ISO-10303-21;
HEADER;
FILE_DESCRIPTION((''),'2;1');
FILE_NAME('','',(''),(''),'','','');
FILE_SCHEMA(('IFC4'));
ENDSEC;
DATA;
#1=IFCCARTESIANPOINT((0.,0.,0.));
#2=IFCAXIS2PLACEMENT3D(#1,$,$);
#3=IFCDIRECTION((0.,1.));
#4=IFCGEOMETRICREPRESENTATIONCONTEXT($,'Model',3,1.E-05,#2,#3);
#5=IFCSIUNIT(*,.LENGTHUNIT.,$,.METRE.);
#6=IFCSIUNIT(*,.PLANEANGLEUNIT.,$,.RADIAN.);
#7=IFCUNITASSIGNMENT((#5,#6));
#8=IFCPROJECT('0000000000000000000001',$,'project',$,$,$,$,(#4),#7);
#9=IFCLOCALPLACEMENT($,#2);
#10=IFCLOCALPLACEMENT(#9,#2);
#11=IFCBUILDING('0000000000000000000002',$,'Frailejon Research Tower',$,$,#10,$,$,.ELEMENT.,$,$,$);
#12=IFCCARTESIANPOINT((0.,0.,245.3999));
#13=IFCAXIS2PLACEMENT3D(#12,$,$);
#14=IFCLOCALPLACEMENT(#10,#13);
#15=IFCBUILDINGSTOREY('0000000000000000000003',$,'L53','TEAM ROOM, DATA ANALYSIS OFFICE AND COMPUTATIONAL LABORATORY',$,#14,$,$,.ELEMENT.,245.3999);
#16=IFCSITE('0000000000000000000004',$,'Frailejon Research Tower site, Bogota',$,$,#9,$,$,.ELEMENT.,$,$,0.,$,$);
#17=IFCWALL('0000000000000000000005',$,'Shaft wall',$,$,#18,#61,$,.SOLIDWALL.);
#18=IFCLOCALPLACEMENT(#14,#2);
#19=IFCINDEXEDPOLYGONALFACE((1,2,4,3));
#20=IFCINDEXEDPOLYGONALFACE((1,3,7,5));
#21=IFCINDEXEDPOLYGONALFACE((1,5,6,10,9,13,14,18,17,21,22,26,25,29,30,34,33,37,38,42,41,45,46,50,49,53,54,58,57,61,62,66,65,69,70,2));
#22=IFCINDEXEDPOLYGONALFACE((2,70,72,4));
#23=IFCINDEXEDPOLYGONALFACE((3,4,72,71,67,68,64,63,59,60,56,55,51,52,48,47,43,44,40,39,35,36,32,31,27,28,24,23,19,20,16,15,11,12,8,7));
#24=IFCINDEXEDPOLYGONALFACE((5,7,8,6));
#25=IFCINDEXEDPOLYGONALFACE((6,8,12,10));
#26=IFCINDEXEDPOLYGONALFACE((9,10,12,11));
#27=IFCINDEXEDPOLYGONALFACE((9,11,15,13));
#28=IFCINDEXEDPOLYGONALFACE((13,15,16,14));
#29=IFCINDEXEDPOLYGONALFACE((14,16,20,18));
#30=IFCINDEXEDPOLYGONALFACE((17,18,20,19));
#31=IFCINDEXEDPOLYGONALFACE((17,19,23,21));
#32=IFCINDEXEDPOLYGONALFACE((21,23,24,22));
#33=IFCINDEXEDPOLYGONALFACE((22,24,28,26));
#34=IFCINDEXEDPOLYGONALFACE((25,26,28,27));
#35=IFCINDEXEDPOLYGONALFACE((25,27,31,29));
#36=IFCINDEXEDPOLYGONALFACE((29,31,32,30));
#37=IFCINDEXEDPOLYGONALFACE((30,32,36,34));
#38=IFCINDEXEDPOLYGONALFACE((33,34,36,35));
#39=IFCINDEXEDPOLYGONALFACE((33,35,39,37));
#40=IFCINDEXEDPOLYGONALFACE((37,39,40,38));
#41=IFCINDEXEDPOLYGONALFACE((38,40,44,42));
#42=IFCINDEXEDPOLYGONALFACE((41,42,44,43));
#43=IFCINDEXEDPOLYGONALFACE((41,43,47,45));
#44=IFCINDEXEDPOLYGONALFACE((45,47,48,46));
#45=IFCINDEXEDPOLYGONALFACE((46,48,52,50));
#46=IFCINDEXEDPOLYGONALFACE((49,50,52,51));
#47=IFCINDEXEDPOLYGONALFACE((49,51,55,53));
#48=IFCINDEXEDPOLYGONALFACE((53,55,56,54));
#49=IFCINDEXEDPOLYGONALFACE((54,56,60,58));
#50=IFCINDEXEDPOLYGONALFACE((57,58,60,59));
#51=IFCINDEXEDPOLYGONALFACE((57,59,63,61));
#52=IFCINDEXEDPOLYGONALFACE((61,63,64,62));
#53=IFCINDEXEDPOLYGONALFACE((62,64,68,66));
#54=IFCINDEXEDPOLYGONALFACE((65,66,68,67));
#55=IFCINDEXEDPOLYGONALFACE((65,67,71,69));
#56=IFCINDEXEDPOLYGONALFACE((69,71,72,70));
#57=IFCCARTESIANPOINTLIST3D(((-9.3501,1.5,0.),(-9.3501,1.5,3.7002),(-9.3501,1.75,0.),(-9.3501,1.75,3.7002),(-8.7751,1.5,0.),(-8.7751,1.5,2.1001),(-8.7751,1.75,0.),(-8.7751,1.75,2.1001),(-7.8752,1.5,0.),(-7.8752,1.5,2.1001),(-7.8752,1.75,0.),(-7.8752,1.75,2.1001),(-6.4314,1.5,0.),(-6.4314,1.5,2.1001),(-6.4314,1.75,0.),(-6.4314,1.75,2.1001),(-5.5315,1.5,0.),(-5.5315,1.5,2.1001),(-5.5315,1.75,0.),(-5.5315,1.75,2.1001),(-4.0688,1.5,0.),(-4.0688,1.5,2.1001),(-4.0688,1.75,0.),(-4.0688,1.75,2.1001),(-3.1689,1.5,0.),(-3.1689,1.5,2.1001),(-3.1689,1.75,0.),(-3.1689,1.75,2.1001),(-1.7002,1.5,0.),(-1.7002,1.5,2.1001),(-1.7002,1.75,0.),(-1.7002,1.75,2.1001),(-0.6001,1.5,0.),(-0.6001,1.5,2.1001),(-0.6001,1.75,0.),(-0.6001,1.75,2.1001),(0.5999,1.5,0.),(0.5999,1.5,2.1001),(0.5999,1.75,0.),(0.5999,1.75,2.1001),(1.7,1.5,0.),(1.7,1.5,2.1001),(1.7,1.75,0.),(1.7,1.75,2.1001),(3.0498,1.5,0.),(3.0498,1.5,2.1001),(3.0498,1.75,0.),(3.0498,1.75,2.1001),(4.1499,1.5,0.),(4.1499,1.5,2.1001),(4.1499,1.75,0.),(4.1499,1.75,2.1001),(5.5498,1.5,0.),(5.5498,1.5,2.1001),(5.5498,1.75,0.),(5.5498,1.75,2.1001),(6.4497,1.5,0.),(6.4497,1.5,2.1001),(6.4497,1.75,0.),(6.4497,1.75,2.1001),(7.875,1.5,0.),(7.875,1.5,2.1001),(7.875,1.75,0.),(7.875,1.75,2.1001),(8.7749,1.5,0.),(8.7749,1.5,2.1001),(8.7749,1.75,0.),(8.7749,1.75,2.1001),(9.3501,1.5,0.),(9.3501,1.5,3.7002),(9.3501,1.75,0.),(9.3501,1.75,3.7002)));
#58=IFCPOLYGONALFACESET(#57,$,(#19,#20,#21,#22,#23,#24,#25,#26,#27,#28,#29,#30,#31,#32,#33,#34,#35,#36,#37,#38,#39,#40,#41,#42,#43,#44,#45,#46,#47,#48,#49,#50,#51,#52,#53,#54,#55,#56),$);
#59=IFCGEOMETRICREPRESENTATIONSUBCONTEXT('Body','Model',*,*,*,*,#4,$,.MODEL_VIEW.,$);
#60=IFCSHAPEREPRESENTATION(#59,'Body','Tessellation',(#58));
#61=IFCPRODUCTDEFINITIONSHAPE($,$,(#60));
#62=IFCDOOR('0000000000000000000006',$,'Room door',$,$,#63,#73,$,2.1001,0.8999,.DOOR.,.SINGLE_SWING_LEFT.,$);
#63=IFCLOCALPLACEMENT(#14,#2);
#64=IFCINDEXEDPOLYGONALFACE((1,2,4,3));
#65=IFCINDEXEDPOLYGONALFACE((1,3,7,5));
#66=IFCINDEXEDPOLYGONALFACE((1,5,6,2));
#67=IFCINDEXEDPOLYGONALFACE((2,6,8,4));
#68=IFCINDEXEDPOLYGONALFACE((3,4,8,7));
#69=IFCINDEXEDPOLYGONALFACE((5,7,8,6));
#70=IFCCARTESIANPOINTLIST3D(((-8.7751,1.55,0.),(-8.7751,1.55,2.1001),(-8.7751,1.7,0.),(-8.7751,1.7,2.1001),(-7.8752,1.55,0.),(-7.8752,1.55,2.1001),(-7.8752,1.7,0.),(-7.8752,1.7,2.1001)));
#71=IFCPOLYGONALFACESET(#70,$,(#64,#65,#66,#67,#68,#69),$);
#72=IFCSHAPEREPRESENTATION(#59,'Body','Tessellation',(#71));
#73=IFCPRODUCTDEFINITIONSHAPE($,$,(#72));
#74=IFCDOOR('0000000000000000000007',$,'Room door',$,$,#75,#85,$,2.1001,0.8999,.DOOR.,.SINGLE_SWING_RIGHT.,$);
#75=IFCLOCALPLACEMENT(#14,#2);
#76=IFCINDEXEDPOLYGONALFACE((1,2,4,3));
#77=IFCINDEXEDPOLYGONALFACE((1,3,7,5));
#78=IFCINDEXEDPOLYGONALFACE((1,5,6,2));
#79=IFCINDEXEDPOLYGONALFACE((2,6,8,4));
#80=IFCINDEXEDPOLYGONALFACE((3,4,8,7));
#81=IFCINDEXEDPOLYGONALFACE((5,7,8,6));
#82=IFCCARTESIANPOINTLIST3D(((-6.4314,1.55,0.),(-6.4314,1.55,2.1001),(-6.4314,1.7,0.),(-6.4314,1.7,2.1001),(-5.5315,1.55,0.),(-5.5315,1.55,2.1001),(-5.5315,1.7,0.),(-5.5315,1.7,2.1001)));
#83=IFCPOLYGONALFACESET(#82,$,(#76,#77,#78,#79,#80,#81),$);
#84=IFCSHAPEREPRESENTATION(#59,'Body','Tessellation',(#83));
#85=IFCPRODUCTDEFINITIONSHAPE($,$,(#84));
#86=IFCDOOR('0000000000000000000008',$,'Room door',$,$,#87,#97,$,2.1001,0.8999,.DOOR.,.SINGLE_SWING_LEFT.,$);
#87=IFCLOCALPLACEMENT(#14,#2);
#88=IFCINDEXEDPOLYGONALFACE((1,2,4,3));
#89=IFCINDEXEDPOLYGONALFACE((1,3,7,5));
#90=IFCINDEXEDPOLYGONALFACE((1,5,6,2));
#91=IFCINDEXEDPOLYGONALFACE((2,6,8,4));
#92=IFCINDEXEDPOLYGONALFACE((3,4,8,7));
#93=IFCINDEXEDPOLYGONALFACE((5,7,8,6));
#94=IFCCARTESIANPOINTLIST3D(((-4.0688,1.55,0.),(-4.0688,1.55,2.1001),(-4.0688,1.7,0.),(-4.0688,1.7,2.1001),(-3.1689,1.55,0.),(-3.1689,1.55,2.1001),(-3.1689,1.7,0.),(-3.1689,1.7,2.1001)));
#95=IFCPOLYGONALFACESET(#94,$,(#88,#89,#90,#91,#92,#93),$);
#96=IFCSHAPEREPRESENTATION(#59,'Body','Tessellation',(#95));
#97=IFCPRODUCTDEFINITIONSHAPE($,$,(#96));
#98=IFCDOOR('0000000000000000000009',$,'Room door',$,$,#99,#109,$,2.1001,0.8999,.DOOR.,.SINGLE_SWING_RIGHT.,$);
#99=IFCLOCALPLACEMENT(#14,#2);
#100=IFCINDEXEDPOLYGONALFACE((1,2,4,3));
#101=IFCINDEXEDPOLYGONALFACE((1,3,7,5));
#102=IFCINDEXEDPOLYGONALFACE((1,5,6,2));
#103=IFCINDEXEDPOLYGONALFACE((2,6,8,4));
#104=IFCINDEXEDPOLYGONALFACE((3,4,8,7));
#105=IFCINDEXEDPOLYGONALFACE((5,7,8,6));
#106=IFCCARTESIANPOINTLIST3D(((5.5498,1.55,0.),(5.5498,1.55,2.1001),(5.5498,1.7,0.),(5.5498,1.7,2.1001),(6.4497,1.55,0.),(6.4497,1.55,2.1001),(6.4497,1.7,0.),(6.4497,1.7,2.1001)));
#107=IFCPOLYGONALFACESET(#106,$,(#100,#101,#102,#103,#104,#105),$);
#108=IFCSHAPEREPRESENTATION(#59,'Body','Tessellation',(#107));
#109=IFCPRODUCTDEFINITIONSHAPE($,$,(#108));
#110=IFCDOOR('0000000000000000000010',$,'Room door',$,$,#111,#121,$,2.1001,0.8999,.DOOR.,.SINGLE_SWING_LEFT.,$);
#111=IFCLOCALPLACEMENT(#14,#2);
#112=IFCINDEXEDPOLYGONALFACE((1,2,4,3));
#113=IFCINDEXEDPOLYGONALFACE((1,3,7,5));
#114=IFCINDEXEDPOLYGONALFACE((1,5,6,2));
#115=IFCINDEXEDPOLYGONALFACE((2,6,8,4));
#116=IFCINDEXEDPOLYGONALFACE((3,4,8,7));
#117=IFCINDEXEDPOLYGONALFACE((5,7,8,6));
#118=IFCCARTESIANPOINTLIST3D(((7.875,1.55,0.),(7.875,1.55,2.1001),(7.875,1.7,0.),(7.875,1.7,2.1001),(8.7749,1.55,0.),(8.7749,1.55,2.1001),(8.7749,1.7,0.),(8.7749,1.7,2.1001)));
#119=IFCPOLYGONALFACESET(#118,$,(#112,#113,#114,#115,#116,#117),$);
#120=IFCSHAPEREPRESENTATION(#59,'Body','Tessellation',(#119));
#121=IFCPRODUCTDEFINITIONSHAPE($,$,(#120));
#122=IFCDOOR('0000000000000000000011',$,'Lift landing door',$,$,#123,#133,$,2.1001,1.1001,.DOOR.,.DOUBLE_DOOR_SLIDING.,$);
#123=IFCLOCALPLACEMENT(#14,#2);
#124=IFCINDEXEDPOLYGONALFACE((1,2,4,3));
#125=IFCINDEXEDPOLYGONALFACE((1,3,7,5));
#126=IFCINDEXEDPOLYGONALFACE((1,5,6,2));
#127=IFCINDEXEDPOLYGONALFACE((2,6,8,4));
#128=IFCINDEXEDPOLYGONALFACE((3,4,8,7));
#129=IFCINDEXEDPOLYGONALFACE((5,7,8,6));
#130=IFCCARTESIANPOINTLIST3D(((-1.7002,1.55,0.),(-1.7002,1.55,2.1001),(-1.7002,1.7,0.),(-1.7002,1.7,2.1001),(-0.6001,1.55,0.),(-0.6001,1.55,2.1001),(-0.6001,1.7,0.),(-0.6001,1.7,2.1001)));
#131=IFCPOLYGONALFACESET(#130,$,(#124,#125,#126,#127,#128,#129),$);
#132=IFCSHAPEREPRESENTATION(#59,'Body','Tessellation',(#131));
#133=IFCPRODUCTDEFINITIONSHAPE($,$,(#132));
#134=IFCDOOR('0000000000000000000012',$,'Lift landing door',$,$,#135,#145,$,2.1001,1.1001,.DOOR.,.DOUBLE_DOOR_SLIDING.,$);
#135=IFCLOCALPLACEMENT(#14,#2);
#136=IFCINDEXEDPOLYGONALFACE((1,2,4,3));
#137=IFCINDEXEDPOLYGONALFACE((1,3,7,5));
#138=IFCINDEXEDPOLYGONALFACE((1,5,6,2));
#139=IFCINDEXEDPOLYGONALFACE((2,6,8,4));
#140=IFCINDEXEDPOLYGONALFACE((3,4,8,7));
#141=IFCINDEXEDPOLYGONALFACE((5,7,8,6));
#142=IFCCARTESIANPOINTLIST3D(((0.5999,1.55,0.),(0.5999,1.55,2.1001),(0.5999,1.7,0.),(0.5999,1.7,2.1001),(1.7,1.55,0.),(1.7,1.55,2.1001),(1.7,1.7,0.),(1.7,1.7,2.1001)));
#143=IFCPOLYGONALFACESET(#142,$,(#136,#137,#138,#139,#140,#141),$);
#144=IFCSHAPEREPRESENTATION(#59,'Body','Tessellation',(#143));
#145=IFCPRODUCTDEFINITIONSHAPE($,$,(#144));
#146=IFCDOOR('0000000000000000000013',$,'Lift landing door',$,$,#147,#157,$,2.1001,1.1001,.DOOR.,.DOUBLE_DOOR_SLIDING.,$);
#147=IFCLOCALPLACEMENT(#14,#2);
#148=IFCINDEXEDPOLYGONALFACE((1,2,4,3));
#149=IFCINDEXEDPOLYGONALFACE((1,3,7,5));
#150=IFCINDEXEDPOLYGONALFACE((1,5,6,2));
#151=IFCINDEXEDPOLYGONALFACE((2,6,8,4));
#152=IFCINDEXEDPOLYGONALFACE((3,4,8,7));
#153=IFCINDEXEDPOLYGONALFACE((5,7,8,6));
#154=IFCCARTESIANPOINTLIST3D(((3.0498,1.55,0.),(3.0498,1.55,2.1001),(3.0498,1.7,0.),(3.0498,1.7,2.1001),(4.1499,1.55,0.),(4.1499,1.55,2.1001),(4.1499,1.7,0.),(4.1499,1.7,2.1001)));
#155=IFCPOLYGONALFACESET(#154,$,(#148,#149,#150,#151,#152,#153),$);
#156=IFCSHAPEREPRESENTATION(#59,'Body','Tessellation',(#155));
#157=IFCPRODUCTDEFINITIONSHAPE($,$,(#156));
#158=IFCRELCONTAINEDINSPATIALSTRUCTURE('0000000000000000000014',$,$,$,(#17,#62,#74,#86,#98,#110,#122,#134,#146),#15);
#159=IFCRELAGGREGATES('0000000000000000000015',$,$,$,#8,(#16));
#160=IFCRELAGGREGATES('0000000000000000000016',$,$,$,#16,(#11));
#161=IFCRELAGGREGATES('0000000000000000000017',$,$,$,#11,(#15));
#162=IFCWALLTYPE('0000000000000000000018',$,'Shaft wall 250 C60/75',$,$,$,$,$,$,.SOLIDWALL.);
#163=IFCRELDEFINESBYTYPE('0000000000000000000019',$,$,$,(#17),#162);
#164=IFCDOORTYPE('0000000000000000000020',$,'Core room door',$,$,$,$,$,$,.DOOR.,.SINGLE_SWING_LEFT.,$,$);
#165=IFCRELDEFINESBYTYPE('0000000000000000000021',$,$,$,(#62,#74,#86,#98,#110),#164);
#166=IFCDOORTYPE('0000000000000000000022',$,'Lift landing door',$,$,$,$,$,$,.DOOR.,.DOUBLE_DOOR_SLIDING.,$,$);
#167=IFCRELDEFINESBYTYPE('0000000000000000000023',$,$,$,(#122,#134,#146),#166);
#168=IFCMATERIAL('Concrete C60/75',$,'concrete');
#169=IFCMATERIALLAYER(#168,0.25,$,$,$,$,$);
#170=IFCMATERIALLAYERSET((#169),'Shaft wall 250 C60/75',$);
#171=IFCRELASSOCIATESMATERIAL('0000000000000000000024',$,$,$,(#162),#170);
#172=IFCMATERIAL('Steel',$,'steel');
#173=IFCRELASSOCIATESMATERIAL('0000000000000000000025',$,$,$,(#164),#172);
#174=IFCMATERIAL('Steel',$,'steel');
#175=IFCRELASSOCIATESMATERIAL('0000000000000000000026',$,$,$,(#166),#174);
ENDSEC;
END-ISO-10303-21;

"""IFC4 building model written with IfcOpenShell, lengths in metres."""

from ifc_helpers import new_model, si_unit, direction, frame, frame_2d, origin, place, context, subcontext, project, spatial, rectangle, extrude, material, layer, layer_set, type_object, element, fill, save


model = new_model("IFC4")

# Units and contexts
model_context = context("Model", 3, precision=1e-05, world=origin(), true_north=direction((0.0, 1.0)))
body_context = subcontext(model_context, "Body", "Model", "MODEL_VIEW")
ifc_project = project(units=[si_unit("LENGTHUNIT", "METRE"), si_unit("PLANEANGLEUNIT", "RADIAN")], contexts=[model_context])

# Site, building, storey
site_placement = place(None, origin())
site = spatial("IfcSite", under=ifc_project, at=site_placement, Name="Frailejon Research Tower site, Bogota", CompositionType="ELEMENT", RefElevation=0.0)
building_placement = place(site_placement, origin())
building = spatial("IfcBuilding", under=site, at=building_placement, Name="Frailejon Research Tower", CompositionType="ELEMENT")
storey_placement = place(building_placement, frame((0.0, 0.0, 245.3999)))
storey = spatial("IfcBuildingStorey", under=building, at=storey_placement, Name="L53", Description="TEAM ROOM, DATA ANALYSIS OFFICE AND COMPUTATIONAL LABORATORY", CompositionType="ELEMENT", Elevation=245.3999)

# Shared definitions
ifc_material_1 = material(Name="Concrete C60/75", Category="concrete")
ifc_layer_1 = layer(ifc_material_1, 0.25)
ifc_layer_set_1 = layer_set([ifc_layer_1], Name="Shaft wall 250 C60/75")
wall_type_1 = type_object("IfcWallType", Name="Shaft wall 250 C60/75", PredefinedType="SOLIDWALL", material=ifc_layer_set_1)
ifc_material_2 = material(Name="Steel", Category="steel")
door_type_1 = type_object("IfcDoorType", Name="Core room door", OperationType="SINGLE_SWING_LEFT", PredefinedType="DOOR", material=ifc_material_2)

# Wall, openings, doors
wall_1_placement = place(storey_placement, frame((-9.3501, 1.625, 0.0), z_axis=(0.0, 0.0, 1.0), x_axis=(1.0, 0.0, 0.0)))
wall_1 = element("IfcWall", 1, at=wall_1_placement, inside=storey, type_object=wall_type_1, Name="Shaft wall", PredefinedType="SOLIDWALL", context=body_context, shape_type="SweptSolid", body=[
    extrude(rectangle(XDim=18.7002, YDim=0.25, at=frame_2d((9.3501, 0.0))), origin(), (0.0, 0.0, 1.0), 3.7002),
])
opening_1_placement = place(wall_1_placement, frame((7.6499, 0.0, 0.0)))
opening_1 = element("IfcOpeningElement", 2, at=opening_1_placement, cuts=wall_1, PredefinedType="OPENING", context=body_context, shape_type="SweptSolid", body=[
    extrude(rectangle(XDim=1.1001, YDim=2.1001, at=frame_2d((0.55, 1.05))), frame((0.0, 0.135, 0.0), z_axis=(0.0, -1.0, 0.0), x_axis=(1.0, 0.0, 0.0)), (0.0, 0.0, 1.0), 0.27),
])
opening_2_placement = place(wall_1_placement, frame((9.95, 0.0, 0.0)))
opening_2 = element("IfcOpeningElement", 3, at=opening_2_placement, cuts=wall_1, PredefinedType="OPENING", context=body_context, shape_type="SweptSolid", body=[
    extrude(rectangle(XDim=1.1001, YDim=2.1001, at=frame_2d((0.55, 1.05))), frame((0.0, 0.135, 0.0), z_axis=(0.0, -1.0, 0.0), x_axis=(1.0, 0.0, 0.0)), (0.0, 0.0, 1.0), 0.27),
])
opening_3_placement = place(wall_1_placement, frame((12.3999, 0.0, 0.0)))
opening_3 = element("IfcOpeningElement", 4, at=opening_3_placement, cuts=wall_1, PredefinedType="OPENING", context=body_context, shape_type="SweptSolid", body=[
    extrude(rectangle(XDim=1.1001, YDim=2.1001, at=frame_2d((0.55, 1.05))), frame((0.0, 0.135, 0.0), z_axis=(0.0, -1.0, 0.0), x_axis=(1.0, 0.0, 0.0)), (0.0, 0.0, 1.0), 0.27),
])
opening_4_placement = place(wall_1_placement, frame((0.575, 0.0, 0.0)))
opening_4 = element("IfcOpeningElement", 5, at=opening_4_placement, cuts=wall_1, PredefinedType="OPENING", context=body_context, shape_type="SweptSolid", body=[
    extrude(rectangle(XDim=0.8999, YDim=2.1001, at=frame_2d((0.45, 1.05))), frame((0.0, 0.135, 0.0), z_axis=(0.0, -1.0, 0.0), x_axis=(1.0, 0.0, 0.0)), (0.0, 0.0, 1.0), 0.27),
])
opening_5_placement = place(wall_1_placement, frame((2.9187, 0.0, 0.0)))
opening_5 = element("IfcOpeningElement", 6, at=opening_5_placement, cuts=wall_1, PredefinedType="OPENING", context=body_context, shape_type="SweptSolid", body=[
    extrude(rectangle(XDim=0.8999, YDim=2.1001, at=frame_2d((0.45, 1.05))), frame((0.0, 0.135, 0.0), z_axis=(0.0, -1.0, 0.0), x_axis=(1.0, 0.0, 0.0)), (0.0, 0.0, 1.0), 0.27),
])
opening_6_placement = place(wall_1_placement, frame((5.2812, 0.0, 0.0)))
opening_6 = element("IfcOpeningElement", 7, at=opening_6_placement, cuts=wall_1, PredefinedType="OPENING", context=body_context, shape_type="SweptSolid", body=[
    extrude(rectangle(XDim=0.8999, YDim=2.1001, at=frame_2d((0.45, 1.05))), frame((0.0, 0.135, 0.0), z_axis=(0.0, -1.0, 0.0), x_axis=(1.0, 0.0, 0.0)), (0.0, 0.0, 1.0), 0.27),
])
opening_7_placement = place(wall_1_placement, frame((14.8999, 0.0, 0.0)))
opening_7 = element("IfcOpeningElement", 8, at=opening_7_placement, cuts=wall_1, PredefinedType="OPENING", context=body_context, shape_type="SweptSolid", body=[
    extrude(rectangle(XDim=0.8999, YDim=2.1001, at=frame_2d((0.45, 1.05))), frame((0.0, 0.135, 0.0), z_axis=(0.0, -1.0, 0.0), x_axis=(1.0, 0.0, 0.0)), (0.0, 0.0, 1.0), 0.27),
])
opening_8_placement = place(wall_1_placement, frame((17.2251, 0.0, 0.0)))
opening_8 = element("IfcOpeningElement", 9, at=opening_8_placement, cuts=wall_1, PredefinedType="OPENING", context=body_context, shape_type="SweptSolid", body=[
    extrude(rectangle(XDim=0.8999, YDim=2.1001, at=frame_2d((0.45, 1.05))), frame((0.0, 0.135, 0.0), z_axis=(0.0, -1.0, 0.0), x_axis=(1.0, 0.0, 0.0)), (0.0, 0.0, 1.0), 0.27),
])
door_1_placement = place(opening_4_placement, origin())
door_1 = element("IfcDoor", 10, at=door_1_placement, inside=storey, type_object=door_type_1, Name="Room door", OperationType="SINGLE_SWING_LEFT", OverallHeight=2.1001, OverallWidth=0.8999, PredefinedType="DOOR", context=body_context, shape_type="SweptSolid", body=[
    extrude(rectangle(XDim=0.8999, YDim=2.1001, at=frame_2d((0.45, 1.05))), frame((0.0, 0.075, 0.0), z_axis=(0.0, -1.0, 0.0), x_axis=(1.0, 0.0, 0.0)), (0.0, 0.0, 1.0), 0.1499),
])
fill(opening_4, door_1)
door_2_placement = place(opening_5_placement, origin())
door_2 = element("IfcDoor", 11, at=door_2_placement, inside=storey, type_object=door_type_1, Name="Room door", OperationType="SINGLE_SWING_RIGHT", OverallHeight=2.1001, OverallWidth=0.8999, PredefinedType="DOOR", context=body_context, shape_type="SweptSolid", body=[
    extrude(rectangle(XDim=0.8999, YDim=2.1001, at=frame_2d((0.45, 1.05))), frame((0.0, 0.075, 0.0), z_axis=(0.0, -1.0, 0.0), x_axis=(1.0, 0.0, 0.0)), (0.0, 0.0, 1.0), 0.1499),
])
fill(opening_5, door_2)
door_3_placement = place(opening_6_placement, origin())
door_3 = element("IfcDoor", 12, at=door_3_placement, inside=storey, type_object=door_type_1, Name="Room door", OperationType="SINGLE_SWING_LEFT", OverallHeight=2.1001, OverallWidth=0.8999, PredefinedType="DOOR", context=body_context, shape_type="SweptSolid", body=[
    extrude(rectangle(XDim=0.8999, YDim=2.1001, at=frame_2d((0.45, 1.05))), frame((0.0, 0.075, 0.0), z_axis=(0.0, -1.0, 0.0), x_axis=(1.0, 0.0, 0.0)), (0.0, 0.0, 1.0), 0.1499),
])
fill(opening_6, door_3)
door_4_placement = place(opening_7_placement, origin())
door_4 = element("IfcDoor", 13, at=door_4_placement, inside=storey, type_object=door_type_1, Name="Room door", OperationType="SINGLE_SWING_RIGHT", OverallHeight=2.1001, OverallWidth=0.8999, PredefinedType="DOOR", context=body_context, shape_type="SweptSolid", body=[
    extrude(rectangle(XDim=0.8999, YDim=2.1001, at=frame_2d((0.45, 1.05))), frame((0.0, 0.075, 0.0), z_axis=(0.0, -1.0, 0.0), x_axis=(1.0, 0.0, 0.0)), (0.0, 0.0, 1.0), 0.1499),
])
fill(opening_7, door_4)
door_5_placement = place(opening_8_placement, origin())
door_5 = element("IfcDoor", 14, at=door_5_placement, inside=storey, type_object=door_type_1, Name="Room door", OperationType="SINGLE_SWING_LEFT", OverallHeight=2.1001, OverallWidth=0.8999, PredefinedType="DOOR", context=body_context, shape_type="SweptSolid", body=[
    extrude(rectangle(XDim=0.8999, YDim=2.1001, at=frame_2d((0.45, 1.05))), frame((0.0, 0.075, 0.0), z_axis=(0.0, -1.0, 0.0), x_axis=(1.0, 0.0, 0.0)), (0.0, 0.0, 1.0), 0.1499),
])
fill(opening_8, door_5)
ifc_material_3 = material(Name="Steel", Category="steel")
door_type_2 = type_object("IfcDoorType", Name="Lift landing door", OperationType="DOUBLE_DOOR_SLIDING", PredefinedType="DOOR", material=ifc_material_3)
door_6_placement = place(opening_1_placement, origin())
door_6 = element("IfcDoor", 15, at=door_6_placement, inside=storey, type_object=door_type_2, Name="Lift landing door", OperationType="DOUBLE_DOOR_SLIDING", OverallHeight=2.1001, OverallWidth=1.1001, PredefinedType="DOOR", context=body_context, shape_type="SweptSolid", body=[
    extrude(rectangle(XDim=1.1001, YDim=2.1001, at=frame_2d((0.55, 1.05))), frame((0.0, 0.075, 0.0), z_axis=(0.0, -1.0, 0.0), x_axis=(1.0, 0.0, 0.0)), (0.0, 0.0, 1.0), 0.1499),
])
fill(opening_1, door_6)
door_7_placement = place(opening_2_placement, origin())
door_7 = element("IfcDoor", 16, at=door_7_placement, inside=storey, type_object=door_type_2, Name="Lift landing door", OperationType="DOUBLE_DOOR_SLIDING", OverallHeight=2.1001, OverallWidth=1.1001, PredefinedType="DOOR", context=body_context, shape_type="SweptSolid", body=[
    extrude(rectangle(XDim=1.1001, YDim=2.1001, at=frame_2d((0.55, 1.05))), frame((0.0, 0.075, 0.0), z_axis=(0.0, -1.0, 0.0), x_axis=(1.0, 0.0, 0.0)), (0.0, 0.0, 1.0), 0.1499),
])
fill(opening_2, door_7)
door_8_placement = place(opening_3_placement, origin())
door_8 = element("IfcDoor", 17, at=door_8_placement, inside=storey, type_object=door_type_2, Name="Lift landing door", OperationType="DOUBLE_DOOR_SLIDING", OverallHeight=2.1001, OverallWidth=1.1001, PredefinedType="DOOR", context=body_context, shape_type="SweptSolid", body=[
    extrude(rectangle(XDim=1.1001, YDim=2.1001, at=frame_2d((0.55, 1.05))), frame((0.0, 0.075, 0.0), z_axis=(0.0, -1.0, 0.0), x_axis=(1.0, 0.0, 0.0)), (0.0, 0.0, 1.0), 0.1499),
])
fill(opening_3, door_8)

save(model, "model.ifc")
